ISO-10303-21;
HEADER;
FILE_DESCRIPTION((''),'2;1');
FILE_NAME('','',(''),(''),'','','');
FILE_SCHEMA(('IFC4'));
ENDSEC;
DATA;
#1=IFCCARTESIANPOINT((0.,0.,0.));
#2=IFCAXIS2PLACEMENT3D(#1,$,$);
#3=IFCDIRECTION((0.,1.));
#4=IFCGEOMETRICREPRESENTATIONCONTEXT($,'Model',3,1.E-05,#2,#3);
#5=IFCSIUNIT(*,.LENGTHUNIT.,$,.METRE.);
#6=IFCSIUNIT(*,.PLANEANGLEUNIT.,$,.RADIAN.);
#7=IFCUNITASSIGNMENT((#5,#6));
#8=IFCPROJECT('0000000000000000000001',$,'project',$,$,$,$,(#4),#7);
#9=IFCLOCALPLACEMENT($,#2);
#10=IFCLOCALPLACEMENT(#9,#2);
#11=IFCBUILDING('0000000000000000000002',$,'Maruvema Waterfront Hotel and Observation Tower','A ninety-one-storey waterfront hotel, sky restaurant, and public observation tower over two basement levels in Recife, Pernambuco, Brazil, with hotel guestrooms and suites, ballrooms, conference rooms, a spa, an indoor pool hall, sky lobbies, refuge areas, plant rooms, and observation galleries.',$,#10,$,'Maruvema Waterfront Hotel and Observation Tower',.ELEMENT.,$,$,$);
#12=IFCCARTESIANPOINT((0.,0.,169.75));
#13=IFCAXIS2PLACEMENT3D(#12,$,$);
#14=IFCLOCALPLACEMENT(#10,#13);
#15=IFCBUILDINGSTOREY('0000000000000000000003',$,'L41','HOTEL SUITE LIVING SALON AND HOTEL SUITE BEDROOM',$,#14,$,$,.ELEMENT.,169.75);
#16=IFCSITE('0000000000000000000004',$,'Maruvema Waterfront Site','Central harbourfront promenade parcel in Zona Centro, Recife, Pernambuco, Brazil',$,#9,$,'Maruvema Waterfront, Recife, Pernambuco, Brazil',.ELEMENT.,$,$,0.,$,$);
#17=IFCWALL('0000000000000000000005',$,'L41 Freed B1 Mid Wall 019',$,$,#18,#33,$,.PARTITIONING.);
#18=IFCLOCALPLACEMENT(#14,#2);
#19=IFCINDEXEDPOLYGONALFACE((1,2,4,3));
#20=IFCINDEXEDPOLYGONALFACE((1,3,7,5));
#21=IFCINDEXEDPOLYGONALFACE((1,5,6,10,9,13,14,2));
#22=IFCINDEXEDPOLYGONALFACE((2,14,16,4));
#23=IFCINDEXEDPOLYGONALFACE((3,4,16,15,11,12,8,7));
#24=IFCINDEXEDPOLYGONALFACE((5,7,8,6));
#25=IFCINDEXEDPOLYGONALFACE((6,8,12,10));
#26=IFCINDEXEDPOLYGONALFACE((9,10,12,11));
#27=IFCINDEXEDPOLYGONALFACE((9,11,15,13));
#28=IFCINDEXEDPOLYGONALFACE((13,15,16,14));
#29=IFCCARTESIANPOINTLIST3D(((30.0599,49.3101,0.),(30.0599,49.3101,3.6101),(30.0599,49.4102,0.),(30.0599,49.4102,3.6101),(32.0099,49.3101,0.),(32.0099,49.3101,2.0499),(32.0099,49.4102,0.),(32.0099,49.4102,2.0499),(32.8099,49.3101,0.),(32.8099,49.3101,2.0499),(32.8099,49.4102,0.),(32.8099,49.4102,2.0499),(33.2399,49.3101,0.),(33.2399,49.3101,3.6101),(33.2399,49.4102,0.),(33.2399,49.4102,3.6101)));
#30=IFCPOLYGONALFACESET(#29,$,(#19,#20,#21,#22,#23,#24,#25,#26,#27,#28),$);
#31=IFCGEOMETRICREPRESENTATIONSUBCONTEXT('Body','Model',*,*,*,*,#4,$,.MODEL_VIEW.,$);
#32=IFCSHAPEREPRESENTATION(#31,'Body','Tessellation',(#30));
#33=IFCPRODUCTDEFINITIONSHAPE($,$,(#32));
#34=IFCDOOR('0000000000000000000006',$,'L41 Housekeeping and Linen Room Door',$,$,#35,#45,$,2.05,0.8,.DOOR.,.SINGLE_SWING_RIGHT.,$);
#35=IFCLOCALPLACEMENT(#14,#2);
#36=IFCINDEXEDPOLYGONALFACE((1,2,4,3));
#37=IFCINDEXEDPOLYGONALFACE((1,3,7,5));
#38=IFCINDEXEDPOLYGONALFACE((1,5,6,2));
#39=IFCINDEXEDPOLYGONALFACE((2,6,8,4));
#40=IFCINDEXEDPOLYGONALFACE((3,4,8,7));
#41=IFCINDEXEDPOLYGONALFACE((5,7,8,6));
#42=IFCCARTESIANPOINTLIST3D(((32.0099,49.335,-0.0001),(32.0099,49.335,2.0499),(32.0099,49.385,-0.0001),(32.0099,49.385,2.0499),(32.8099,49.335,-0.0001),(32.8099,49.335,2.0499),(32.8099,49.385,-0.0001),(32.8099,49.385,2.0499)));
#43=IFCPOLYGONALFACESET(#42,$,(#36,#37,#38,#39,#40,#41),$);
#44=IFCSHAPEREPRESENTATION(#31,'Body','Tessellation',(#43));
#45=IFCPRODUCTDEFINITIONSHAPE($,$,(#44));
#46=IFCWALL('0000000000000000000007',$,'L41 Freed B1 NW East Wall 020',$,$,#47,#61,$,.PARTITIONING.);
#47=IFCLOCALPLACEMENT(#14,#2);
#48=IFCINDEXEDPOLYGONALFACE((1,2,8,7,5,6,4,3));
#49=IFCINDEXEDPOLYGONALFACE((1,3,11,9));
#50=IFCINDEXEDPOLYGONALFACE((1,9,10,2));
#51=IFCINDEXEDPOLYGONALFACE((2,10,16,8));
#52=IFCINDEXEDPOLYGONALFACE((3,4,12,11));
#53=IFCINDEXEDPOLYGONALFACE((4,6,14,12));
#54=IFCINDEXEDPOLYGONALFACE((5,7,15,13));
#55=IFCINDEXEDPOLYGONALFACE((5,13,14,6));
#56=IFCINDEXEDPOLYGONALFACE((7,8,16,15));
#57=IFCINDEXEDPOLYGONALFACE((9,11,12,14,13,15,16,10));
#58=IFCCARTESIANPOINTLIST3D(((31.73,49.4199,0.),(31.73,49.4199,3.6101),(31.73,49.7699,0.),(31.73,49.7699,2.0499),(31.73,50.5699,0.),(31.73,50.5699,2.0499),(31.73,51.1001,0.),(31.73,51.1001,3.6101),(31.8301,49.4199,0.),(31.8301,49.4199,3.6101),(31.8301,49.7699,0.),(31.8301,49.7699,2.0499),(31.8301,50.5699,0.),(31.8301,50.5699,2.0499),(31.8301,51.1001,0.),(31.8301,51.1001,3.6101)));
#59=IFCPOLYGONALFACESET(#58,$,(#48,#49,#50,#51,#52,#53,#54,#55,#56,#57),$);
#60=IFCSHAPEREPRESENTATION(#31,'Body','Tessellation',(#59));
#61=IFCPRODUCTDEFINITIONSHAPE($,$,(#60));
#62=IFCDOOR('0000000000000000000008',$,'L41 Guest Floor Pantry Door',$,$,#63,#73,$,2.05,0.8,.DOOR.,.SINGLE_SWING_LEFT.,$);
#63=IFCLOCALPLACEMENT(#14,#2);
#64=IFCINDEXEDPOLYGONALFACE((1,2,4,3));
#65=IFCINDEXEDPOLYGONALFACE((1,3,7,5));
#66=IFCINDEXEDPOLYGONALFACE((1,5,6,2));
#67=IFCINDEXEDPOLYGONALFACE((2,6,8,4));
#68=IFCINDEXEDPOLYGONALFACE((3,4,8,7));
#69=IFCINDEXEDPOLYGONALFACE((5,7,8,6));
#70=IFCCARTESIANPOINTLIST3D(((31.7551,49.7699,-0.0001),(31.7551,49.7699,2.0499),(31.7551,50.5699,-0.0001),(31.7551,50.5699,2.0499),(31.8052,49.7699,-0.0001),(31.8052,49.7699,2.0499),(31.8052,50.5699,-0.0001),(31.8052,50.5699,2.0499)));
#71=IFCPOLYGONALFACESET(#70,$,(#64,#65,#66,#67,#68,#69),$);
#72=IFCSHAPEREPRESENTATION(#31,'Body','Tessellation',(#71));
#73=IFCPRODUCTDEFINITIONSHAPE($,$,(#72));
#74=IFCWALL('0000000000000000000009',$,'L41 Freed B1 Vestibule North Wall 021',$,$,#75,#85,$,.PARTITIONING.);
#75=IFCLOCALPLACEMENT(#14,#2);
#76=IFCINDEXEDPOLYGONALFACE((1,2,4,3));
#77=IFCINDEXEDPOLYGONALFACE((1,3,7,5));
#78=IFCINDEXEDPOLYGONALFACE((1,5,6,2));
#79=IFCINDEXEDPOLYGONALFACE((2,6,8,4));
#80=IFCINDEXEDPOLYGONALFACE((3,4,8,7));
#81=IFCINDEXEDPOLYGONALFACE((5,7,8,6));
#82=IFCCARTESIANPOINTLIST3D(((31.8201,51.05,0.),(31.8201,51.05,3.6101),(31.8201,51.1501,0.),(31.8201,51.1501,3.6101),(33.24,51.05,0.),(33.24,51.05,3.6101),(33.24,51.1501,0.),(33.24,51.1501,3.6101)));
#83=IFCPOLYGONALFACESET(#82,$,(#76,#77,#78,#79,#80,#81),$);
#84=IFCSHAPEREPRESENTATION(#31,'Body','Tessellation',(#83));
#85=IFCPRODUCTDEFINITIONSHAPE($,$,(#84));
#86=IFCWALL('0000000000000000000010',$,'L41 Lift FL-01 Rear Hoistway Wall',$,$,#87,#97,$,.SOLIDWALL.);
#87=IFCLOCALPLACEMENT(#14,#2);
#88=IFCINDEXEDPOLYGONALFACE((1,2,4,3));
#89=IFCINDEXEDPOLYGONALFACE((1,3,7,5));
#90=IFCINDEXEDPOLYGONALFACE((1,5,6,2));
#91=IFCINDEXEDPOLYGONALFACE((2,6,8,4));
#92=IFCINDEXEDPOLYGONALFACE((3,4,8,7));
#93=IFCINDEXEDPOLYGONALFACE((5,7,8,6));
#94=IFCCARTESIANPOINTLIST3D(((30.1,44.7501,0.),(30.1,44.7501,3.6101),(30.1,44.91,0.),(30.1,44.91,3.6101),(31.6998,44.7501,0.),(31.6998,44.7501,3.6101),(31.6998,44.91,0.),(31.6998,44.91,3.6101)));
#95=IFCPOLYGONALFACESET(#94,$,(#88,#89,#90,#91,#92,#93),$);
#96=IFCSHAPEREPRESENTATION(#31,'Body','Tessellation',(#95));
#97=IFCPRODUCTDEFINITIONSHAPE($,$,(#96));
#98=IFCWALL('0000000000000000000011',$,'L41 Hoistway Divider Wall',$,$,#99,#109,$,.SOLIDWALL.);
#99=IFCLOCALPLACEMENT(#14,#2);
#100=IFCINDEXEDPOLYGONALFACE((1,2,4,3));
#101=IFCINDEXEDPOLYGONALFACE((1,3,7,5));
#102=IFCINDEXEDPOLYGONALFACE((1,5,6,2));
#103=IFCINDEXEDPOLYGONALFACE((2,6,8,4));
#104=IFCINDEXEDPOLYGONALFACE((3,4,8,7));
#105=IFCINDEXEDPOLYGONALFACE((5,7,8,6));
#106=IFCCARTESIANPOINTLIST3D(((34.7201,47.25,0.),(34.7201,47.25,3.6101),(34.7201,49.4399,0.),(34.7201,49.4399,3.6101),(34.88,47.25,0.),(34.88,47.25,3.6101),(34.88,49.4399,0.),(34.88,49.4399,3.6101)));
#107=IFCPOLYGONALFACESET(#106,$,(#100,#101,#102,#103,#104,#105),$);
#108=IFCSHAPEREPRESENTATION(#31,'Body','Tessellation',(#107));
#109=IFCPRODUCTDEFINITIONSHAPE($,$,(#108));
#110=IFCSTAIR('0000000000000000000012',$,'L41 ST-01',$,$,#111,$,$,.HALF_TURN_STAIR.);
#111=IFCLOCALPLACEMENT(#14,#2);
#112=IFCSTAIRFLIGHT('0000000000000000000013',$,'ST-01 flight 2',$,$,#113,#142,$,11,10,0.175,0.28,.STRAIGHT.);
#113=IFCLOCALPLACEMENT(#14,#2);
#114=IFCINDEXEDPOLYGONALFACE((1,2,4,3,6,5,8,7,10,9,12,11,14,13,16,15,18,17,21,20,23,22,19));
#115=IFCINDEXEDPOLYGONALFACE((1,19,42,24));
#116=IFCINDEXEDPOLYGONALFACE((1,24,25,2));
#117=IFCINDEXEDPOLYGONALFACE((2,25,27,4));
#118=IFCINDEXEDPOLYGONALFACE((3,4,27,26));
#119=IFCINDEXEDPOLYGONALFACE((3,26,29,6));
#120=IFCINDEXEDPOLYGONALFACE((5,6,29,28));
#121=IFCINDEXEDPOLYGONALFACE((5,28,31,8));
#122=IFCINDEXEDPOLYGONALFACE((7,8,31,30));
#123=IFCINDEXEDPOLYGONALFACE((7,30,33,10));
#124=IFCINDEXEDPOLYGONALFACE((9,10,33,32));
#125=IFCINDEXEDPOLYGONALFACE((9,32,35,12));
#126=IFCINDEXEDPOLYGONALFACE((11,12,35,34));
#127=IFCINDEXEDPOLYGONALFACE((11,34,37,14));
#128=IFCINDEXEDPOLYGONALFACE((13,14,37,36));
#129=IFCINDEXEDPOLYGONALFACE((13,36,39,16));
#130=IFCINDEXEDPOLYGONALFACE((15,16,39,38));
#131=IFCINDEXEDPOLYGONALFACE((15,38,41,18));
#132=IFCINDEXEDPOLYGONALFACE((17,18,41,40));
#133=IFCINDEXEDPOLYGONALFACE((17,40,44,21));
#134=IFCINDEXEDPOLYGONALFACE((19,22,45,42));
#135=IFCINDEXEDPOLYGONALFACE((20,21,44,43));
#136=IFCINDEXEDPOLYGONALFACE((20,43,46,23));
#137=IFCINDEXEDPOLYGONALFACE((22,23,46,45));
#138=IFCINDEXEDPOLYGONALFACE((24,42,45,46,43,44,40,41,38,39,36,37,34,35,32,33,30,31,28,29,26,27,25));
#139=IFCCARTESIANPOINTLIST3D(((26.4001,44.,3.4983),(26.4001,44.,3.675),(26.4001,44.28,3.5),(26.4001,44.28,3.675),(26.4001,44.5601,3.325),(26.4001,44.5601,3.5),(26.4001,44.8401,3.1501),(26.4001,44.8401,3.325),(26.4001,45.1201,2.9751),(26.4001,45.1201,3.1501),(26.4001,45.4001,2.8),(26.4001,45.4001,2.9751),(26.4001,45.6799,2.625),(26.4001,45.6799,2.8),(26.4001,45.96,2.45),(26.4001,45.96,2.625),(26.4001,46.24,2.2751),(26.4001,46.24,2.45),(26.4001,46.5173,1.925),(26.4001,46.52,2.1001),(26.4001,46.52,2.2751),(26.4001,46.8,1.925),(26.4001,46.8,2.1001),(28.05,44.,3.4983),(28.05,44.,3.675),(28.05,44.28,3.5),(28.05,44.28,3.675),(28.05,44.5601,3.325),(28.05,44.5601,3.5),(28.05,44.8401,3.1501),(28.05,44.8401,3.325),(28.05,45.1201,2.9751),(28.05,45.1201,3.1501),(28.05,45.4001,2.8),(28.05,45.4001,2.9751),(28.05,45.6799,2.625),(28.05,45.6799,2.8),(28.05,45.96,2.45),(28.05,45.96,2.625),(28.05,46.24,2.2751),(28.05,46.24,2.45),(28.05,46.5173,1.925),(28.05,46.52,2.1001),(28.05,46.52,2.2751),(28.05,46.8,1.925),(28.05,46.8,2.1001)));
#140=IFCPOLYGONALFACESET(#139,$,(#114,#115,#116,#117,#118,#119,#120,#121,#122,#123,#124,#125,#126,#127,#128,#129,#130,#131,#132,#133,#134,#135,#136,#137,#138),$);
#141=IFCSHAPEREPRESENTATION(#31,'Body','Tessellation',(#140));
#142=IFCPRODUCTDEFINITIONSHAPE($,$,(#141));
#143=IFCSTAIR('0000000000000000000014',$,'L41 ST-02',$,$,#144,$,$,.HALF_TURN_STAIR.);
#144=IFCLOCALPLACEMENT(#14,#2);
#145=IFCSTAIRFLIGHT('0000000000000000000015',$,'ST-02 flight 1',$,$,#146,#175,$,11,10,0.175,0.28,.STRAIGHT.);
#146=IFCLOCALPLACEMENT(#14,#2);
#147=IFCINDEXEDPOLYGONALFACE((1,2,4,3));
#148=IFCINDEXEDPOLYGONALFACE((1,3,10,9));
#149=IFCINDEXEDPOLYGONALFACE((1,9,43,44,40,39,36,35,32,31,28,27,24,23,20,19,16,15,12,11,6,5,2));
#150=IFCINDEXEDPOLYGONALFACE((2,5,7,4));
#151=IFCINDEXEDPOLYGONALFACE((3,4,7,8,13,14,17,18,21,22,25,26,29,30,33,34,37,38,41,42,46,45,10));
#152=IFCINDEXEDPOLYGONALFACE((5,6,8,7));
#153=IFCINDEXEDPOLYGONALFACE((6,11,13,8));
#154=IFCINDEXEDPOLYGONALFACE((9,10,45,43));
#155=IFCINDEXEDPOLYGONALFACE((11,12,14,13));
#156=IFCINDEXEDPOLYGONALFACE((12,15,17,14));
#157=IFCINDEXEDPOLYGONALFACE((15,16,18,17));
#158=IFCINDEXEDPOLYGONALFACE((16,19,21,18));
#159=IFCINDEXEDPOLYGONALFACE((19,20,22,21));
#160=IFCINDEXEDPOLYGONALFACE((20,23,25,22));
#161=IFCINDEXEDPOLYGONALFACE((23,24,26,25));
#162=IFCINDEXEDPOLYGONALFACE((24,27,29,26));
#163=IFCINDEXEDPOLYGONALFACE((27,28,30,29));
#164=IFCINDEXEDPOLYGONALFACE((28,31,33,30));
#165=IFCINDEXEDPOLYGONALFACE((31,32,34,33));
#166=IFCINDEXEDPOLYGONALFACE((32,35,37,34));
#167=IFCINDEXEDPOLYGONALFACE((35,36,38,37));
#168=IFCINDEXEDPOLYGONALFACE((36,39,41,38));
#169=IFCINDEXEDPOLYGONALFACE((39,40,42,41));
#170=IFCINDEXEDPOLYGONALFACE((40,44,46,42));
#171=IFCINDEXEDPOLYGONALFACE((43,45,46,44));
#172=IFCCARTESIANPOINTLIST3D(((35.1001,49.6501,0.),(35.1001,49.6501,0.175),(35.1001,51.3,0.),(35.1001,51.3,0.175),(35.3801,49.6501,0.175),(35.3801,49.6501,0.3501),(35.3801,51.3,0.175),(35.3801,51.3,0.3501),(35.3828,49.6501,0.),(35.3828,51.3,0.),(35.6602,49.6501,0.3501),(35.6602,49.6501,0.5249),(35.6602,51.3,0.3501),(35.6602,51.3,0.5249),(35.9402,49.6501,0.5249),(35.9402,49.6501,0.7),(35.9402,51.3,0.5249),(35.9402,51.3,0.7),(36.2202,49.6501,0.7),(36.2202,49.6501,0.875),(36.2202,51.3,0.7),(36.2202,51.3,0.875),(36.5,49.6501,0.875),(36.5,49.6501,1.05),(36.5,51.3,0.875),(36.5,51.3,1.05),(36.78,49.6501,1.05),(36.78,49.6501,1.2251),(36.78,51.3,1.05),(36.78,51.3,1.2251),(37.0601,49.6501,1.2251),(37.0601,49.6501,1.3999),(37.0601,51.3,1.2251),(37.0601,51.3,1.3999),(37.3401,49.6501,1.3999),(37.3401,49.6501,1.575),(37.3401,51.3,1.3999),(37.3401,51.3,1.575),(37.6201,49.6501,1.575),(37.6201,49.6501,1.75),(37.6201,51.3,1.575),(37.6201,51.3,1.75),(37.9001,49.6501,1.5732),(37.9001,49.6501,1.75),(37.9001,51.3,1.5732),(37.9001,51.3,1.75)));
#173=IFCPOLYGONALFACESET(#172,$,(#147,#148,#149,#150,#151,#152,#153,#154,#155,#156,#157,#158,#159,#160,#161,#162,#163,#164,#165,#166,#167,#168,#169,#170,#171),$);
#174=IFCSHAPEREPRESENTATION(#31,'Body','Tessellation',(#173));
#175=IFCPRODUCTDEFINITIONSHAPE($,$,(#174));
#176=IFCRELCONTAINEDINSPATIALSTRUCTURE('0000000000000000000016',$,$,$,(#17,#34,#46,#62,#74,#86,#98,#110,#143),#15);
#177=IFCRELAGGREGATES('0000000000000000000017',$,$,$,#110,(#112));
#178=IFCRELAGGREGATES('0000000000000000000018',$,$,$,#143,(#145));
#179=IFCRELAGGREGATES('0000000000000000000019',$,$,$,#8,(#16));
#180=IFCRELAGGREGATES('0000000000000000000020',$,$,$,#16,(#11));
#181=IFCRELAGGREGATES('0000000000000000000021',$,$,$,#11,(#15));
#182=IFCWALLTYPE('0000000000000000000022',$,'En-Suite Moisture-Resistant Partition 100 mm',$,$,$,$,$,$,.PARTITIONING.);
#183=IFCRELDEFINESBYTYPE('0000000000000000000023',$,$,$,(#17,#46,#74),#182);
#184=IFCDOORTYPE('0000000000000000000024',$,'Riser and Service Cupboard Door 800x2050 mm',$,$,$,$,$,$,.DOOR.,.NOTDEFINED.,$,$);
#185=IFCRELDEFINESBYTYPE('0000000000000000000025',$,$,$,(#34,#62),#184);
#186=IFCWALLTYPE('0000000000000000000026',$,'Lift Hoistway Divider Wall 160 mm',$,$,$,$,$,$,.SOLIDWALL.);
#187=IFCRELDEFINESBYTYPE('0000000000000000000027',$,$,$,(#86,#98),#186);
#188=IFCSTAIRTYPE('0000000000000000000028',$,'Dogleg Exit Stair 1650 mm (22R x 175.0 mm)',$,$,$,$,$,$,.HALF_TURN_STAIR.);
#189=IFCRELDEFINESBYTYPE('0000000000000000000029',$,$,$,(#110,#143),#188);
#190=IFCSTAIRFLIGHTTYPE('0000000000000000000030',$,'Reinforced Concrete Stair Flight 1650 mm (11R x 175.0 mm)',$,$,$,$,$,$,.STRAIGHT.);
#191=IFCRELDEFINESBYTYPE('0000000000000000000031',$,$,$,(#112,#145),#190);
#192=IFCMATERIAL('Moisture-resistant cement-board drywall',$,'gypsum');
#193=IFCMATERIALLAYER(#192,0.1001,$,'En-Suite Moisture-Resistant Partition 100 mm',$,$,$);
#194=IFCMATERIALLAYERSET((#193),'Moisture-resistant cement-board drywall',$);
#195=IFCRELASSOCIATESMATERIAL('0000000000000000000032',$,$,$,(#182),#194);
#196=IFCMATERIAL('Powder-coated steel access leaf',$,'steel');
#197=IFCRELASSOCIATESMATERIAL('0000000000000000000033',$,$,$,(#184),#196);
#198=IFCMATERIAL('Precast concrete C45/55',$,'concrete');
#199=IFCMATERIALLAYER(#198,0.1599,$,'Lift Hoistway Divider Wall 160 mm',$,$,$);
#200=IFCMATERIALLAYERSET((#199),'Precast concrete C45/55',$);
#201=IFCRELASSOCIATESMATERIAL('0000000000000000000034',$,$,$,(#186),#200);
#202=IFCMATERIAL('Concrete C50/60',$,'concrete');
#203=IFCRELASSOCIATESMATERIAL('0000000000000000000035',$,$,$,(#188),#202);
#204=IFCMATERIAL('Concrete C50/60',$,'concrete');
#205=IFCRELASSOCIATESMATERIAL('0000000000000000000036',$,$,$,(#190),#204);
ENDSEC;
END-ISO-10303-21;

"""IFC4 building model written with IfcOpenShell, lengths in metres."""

from ifc_helpers import new_model, si_unit, direction, frame, frame_2d, origin, place, context, subcontext, project, spatial, polyline, rectangle, outline, extrude, material, layer, layer_set, type_object, element, fill, aggregate, save


model = new_model("IFC4")

# Units and contexts
model_context = context("Model", 3, precision=1e-05, world=origin(), true_north=direction((0.0, 1.0)))
body_context = subcontext(model_context, "Body", "Model", "MODEL_VIEW")
ifc_project = project(units=[si_unit("LENGTHUNIT", "METRE"), si_unit("PLANEANGLEUNIT", "RADIAN")], contexts=[model_context])

# Site, building, storey
site_placement = place(None, origin())
site = spatial("IfcSite", under=ifc_project, at=site_placement, Name="Maruvema Waterfront Site", Description="Central harbourfront promenade parcel in Zona Centro, Recife, Pernambuco, Brazil", LongName="Maruvema Waterfront, Recife, Pernambuco, Brazil", CompositionType="ELEMENT", RefElevation=0.0)
building_placement = place(site_placement, origin())
building = spatial("IfcBuilding", under=site, at=building_placement, Name="Maruvema Waterfront Hotel and Observation Tower", Description="A ninety-one-storey waterfront hotel, sky restaurant, and public observation tower over two basement levels in Recife, Pernambuco, Brazil, with hotel guestrooms and suites, ballrooms, conference rooms, a spa, an indoor pool hall, sky lobbies, refuge areas, plant rooms, and observation galleries.", LongName="Maruvema Waterfront Hotel and Observation Tower", CompositionType="ELEMENT")
storey_placement = place(building_placement, frame((0.0, 0.0, 169.75)))
storey = spatial("IfcBuildingStorey", under=building, at=storey_placement, Name="L41", Description="HOTEL SUITE LIVING SALON AND HOTEL SUITE BEDROOM", CompositionType="ELEMENT", Elevation=169.75)

# Shared definitions
ifc_material_1 = material(Name="Moisture-resistant cement-board drywall", Category="gypsum")
ifc_layer_1 = layer(ifc_material_1, 0.1001, Name="En-Suite Moisture-Resistant Partition 100 mm")
ifc_layer_set_1 = layer_set([ifc_layer_1], Name="Moisture-resistant cement-board drywall")
wall_type_1 = type_object("IfcWallType", Name="En-Suite Moisture-Resistant Partition 100 mm", PredefinedType="PARTITIONING", material=ifc_layer_set_1)

# Shared definitions
ifc_material_2 = material(Name="Powder-coated steel access leaf", Category="steel")
door_type_1 = type_object("IfcDoorType", Name="Riser and Service Cupboard Door 800x2050 mm", OperationType="NOTDEFINED", PredefinedType="DOOR", material=ifc_material_2)

# Walls, openings, doors
wall_1_placement = place(storey_placement, frame((30.0601, 49.3601, 0.0), z_axis=(0.0, 0.0, 1.0), x_axis=(1.0, 0.0, 0.0)))
wall_1 = element("IfcWall", 1, at=wall_1_placement, inside=storey, type_object=wall_type_1, Name="L41 Freed B1 Mid Wall 019", PredefinedType="PARTITIONING", context=body_context, shape_type="SweptSolid", body=[
    extrude(rectangle(XDim=3.1799, YDim=0.1001, at=frame_2d((1.5898, 0.0))), origin(), (0.0, 0.0, 1.0), 3.6101),
])
opening_1_placement = place(wall_1_placement, frame((1.95, 0.0, 0.0)))
opening_1 = element("IfcOpeningElement", 2, at=opening_1_placement, cuts=wall_1, PredefinedType="OPENING", context=body_context, shape_type="SweptSolid", body=[
    extrude(rectangle(XDim=0.8, YDim=2.05, at=frame_2d((0.3999, 1.0249))), frame((0.0, 0.0601, 0.0), z_axis=(0.0, -1.0, 0.0), x_axis=(1.0, 0.0, 0.0)), (0.0, 0.0, 1.0), 0.1201),
])
door_1_placement = place(opening_1_placement, origin())
door_1 = element("IfcDoor", 3, at=door_1_placement, inside=storey, type_object=door_type_1, Name="L41 Housekeeping and Linen Room Door", OperationType="SINGLE_SWING_RIGHT", OverallHeight=2.05, OverallWidth=0.8, PredefinedType="DOOR", context=body_context, shape_type="SweptSolid", body=[
    extrude(rectangle(XDim=0.8, YDim=2.05, at=frame_2d((0.3999, 1.0249))), frame((0.0, 0.0249, 0.0), z_axis=(0.0, -1.0, 0.0), x_axis=(1.0, 0.0, 0.0)), (0.0, 0.0, 1.0), 0.05),
])
fill(opening_1, door_1)
wall_2_placement = place(storey_placement, frame((31.78, 49.4199, 0.0), z_axis=(0.0, 0.0, 1.0), x_axis=(0.0, 1.0, 0.0)))
wall_2 = element("IfcWall", 4, at=wall_2_placement, inside=storey, type_object=wall_type_1, Name="L41 Freed B1 NW East Wall 020", PredefinedType="PARTITIONING", context=body_context, shape_type="SweptSolid", body=[
    extrude(rectangle(XDim=1.6802, YDim=0.1001, at=frame_2d((0.8401, 0.0))), origin(), (0.0, 0.0, 1.0), 3.6101),
])
opening_2_placement = place(wall_2_placement, frame((0.3501, 0.0, 0.0)))
opening_2 = element("IfcOpeningElement", 5, at=opening_2_placement, cuts=wall_2, PredefinedType="OPENING", context=body_context, shape_type="SweptSolid", body=[
    extrude(rectangle(XDim=0.8, YDim=2.05, at=frame_2d((0.3999, 1.0249))), frame((0.0, 0.0601, 0.0), z_axis=(0.0, -1.0, 0.0), x_axis=(1.0, 0.0, 0.0)), (0.0, 0.0, 1.0), 0.1201),
])
door_2_placement = place(opening_2_placement, origin())
door_2 = element("IfcDoor", 6, at=door_2_placement, inside=storey, type_object=door_type_1, Name="L41 Guest Floor Pantry Door", OperationType="SINGLE_SWING_LEFT", OverallHeight=2.05, OverallWidth=0.8, PredefinedType="DOOR", context=body_context, shape_type="SweptSolid", body=[
    extrude(rectangle(XDim=0.8, YDim=2.05, at=frame_2d((0.3999, 1.0249))), frame((0.0, 0.0249, 0.0), z_axis=(0.0, -1.0, 0.0), x_axis=(1.0, 0.0, 0.0)), (0.0, 0.0, 1.0), 0.05),
])
fill(opening_2, door_2)

# Walls
wall_3_placement = place(storey_placement, frame((31.8201, 51.1001, 0.0), z_axis=(0.0, 0.0, 1.0), x_axis=(1.0, 0.0, 0.0)))
element("IfcWall", 7, at=wall_3_placement, inside=storey, type_object=wall_type_1, Name="L41 Freed B1 Vestibule North Wall 021", PredefinedType="PARTITIONING", context=body_context, shape_type="SweptSolid", body=[
    extrude(rectangle(XDim=1.4199, YDim=0.1001, at=frame_2d((0.71, 0.0))), origin(), (0.0, 0.0, 1.0), 3.6101),
])
ifc_material_3 = material(Name="Precast concrete C45/55", Category="concrete")
ifc_layer_2 = layer(ifc_material_3, 0.1599, Name="Lift Hoistway Divider Wall 160 mm")
ifc_layer_set_2 = layer_set([ifc_layer_2], Name="Precast concrete C45/55")
wall_type_2 = type_object("IfcWallType", Name="Lift Hoistway Divider Wall 160 mm", PredefinedType="SOLIDWALL", material=ifc_layer_set_2)
wall_4_placement = place(storey_placement, frame((30.1001, 44.8301, 0.0), z_axis=(0.0, 0.0, 1.0), x_axis=(1.0, 0.0, 0.0)))
element("IfcWall", 8, at=wall_4_placement, inside=storey, type_object=wall_type_2, Name="L41 Lift FL-01 Rear Hoistway Wall", PredefinedType="SOLIDWALL", context=body_context, shape_type="SweptSolid", body=[
    extrude(rectangle(XDim=1.5999, YDim=0.1599, at=frame_2d((0.7998, 0.0))), origin(), (0.0, 0.0, 1.0), 3.6101),
])
wall_5_placement = place(storey_placement, frame((34.8, 47.25, 0.0), z_axis=(0.0, 0.0, 1.0), x_axis=(0.0, 1.0, 0.0)))
element("IfcWall", 9, at=wall_5_placement, inside=storey, type_object=wall_type_2, Name="L41 Hoistway Divider Wall", PredefinedType="SOLIDWALL", context=body_context, shape_type="SweptSolid", body=[
    extrude(rectangle(XDim=2.1899, YDim=0.1599, at=frame_2d((1.095, 0.0))), origin(), (0.0, 0.0, 1.0), 3.6101),
])

# Stairs, stair flights
ifc_material_4 = material(Name="Concrete C50/60", Category="concrete")
stair_type = type_object("IfcStairType", Name="Dogleg Exit Stair 1650 mm (22R x 175.0 mm)", PredefinedType="HALF_TURN_STAIR", material=ifc_material_4)
stair_1_placement = place(storey_placement, origin())
stair_1 = element("IfcStair", 10, at=stair_1_placement, inside=storey, type_object=stair_type, Name="L41 ST-01", PredefinedType="HALF_TURN_STAIR")
ifc_material_5 = material(Name="Concrete C50/60", Category="concrete")
stair_flight_type = type_object("IfcStairFlightType", Name="Reinforced Concrete Stair Flight 1650 mm (11R x 175.0 mm)", PredefinedType="STRAIGHT", material=ifc_material_5)
stair_flight_1_placement = place(storey_placement, frame((27.2251, 46.8, 1.925), z_axis=(0.0, 0.0, 1.0), x_axis=(0.0, -1.0, 0.0)))
stair_flight_1 = element("IfcStairFlight", 11, at=stair_flight_1_placement, type_object=stair_flight_type, Name="ST-01 flight 2", NumberOfRisers=11, NumberOfTreads=10, PredefinedType="STRAIGHT", RiserHeight=0.175, TreadLength=0.28, context=body_context, shape_type="SweptSolid", body=[
    extrude(outline(polyline([(0.0, 0.0), (0.0, 0.175), (0.28, 0.175), (0.28, 0.3501), (0.5601, 0.3501), (0.5601, 0.5249), (0.8401, 0.5249), (0.8401, 0.7), (1.1201, 0.7), (1.1201, 0.875), (1.3999, 0.875), (1.3999, 1.05), (1.6799, 1.05), (1.6799, 1.2251), (1.96, 1.2251), (1.96, 1.3999), (2.24, 1.3999), (2.24, 1.575), (2.52, 1.575), (2.52, 1.75), (2.8, 1.75), (2.8, 1.925), (2.8, 1.5732), (0.2827, 0.0), (0.0, 0.0)])), frame((0.0, 0.825, 0.0), z_axis=(0.0, -1.0, 0.0), x_axis=(1.0, 0.0, 0.0)), (0.0, 0.0, 1.0), 1.6499),
])
aggregate(stair_1, [stair_flight_1])
stair_2_placement = place(storey_placement, origin())
stair_2 = element("IfcStair", 12, at=stair_2_placement, inside=storey, type_object=stair_type, Name="L41 ST-02", PredefinedType="HALF_TURN_STAIR")
stair_flight_2_placement = place(storey_placement, frame((35.1001, 50.4751, 0.0), z_axis=(0.0, 0.0, 1.0), x_axis=(1.0, 0.0, 0.0)))
stair_flight_2 = element("IfcStairFlight", 13, at=stair_flight_2_placement, type_object=stair_flight_type, Name="ST-02 flight 1", NumberOfRisers=11, NumberOfTreads=10, PredefinedType="STRAIGHT", RiserHeight=0.175, TreadLength=0.28, context=body_context, shape_type="SweptSolid", body=[
    extrude(outline(polyline([(0.0, 0.0), (0.0, 0.175), (0.28, 0.175), (0.28, 0.3501), (0.5601, 0.3501), (0.5601, 0.5249), (0.8401, 0.5249), (0.8401, 0.7), (1.1201, 0.7), (1.1201, 0.875), (1.3999, 0.875), (1.3999, 1.05), (1.6799, 1.05), (1.6799, 1.2251), (1.96, 1.2251), (1.96, 1.3999), (2.24, 1.3999), (2.24, 1.575), (2.52, 1.575), (2.52, 1.75), (2.8, 1.75), (2.8, 1.925), (2.8, 1.5732), (0.2827, 0.0), (0.0, 0.0)])), frame((0.0, 0.825, 0.0), z_axis=(0.0, -1.0, 0.0), x_axis=(1.0, 0.0, 0.0)), (0.0, 0.0, 1.0), 1.6499),
])
aggregate(stair_2, [stair_flight_2])

save(model, "model.ifc")
